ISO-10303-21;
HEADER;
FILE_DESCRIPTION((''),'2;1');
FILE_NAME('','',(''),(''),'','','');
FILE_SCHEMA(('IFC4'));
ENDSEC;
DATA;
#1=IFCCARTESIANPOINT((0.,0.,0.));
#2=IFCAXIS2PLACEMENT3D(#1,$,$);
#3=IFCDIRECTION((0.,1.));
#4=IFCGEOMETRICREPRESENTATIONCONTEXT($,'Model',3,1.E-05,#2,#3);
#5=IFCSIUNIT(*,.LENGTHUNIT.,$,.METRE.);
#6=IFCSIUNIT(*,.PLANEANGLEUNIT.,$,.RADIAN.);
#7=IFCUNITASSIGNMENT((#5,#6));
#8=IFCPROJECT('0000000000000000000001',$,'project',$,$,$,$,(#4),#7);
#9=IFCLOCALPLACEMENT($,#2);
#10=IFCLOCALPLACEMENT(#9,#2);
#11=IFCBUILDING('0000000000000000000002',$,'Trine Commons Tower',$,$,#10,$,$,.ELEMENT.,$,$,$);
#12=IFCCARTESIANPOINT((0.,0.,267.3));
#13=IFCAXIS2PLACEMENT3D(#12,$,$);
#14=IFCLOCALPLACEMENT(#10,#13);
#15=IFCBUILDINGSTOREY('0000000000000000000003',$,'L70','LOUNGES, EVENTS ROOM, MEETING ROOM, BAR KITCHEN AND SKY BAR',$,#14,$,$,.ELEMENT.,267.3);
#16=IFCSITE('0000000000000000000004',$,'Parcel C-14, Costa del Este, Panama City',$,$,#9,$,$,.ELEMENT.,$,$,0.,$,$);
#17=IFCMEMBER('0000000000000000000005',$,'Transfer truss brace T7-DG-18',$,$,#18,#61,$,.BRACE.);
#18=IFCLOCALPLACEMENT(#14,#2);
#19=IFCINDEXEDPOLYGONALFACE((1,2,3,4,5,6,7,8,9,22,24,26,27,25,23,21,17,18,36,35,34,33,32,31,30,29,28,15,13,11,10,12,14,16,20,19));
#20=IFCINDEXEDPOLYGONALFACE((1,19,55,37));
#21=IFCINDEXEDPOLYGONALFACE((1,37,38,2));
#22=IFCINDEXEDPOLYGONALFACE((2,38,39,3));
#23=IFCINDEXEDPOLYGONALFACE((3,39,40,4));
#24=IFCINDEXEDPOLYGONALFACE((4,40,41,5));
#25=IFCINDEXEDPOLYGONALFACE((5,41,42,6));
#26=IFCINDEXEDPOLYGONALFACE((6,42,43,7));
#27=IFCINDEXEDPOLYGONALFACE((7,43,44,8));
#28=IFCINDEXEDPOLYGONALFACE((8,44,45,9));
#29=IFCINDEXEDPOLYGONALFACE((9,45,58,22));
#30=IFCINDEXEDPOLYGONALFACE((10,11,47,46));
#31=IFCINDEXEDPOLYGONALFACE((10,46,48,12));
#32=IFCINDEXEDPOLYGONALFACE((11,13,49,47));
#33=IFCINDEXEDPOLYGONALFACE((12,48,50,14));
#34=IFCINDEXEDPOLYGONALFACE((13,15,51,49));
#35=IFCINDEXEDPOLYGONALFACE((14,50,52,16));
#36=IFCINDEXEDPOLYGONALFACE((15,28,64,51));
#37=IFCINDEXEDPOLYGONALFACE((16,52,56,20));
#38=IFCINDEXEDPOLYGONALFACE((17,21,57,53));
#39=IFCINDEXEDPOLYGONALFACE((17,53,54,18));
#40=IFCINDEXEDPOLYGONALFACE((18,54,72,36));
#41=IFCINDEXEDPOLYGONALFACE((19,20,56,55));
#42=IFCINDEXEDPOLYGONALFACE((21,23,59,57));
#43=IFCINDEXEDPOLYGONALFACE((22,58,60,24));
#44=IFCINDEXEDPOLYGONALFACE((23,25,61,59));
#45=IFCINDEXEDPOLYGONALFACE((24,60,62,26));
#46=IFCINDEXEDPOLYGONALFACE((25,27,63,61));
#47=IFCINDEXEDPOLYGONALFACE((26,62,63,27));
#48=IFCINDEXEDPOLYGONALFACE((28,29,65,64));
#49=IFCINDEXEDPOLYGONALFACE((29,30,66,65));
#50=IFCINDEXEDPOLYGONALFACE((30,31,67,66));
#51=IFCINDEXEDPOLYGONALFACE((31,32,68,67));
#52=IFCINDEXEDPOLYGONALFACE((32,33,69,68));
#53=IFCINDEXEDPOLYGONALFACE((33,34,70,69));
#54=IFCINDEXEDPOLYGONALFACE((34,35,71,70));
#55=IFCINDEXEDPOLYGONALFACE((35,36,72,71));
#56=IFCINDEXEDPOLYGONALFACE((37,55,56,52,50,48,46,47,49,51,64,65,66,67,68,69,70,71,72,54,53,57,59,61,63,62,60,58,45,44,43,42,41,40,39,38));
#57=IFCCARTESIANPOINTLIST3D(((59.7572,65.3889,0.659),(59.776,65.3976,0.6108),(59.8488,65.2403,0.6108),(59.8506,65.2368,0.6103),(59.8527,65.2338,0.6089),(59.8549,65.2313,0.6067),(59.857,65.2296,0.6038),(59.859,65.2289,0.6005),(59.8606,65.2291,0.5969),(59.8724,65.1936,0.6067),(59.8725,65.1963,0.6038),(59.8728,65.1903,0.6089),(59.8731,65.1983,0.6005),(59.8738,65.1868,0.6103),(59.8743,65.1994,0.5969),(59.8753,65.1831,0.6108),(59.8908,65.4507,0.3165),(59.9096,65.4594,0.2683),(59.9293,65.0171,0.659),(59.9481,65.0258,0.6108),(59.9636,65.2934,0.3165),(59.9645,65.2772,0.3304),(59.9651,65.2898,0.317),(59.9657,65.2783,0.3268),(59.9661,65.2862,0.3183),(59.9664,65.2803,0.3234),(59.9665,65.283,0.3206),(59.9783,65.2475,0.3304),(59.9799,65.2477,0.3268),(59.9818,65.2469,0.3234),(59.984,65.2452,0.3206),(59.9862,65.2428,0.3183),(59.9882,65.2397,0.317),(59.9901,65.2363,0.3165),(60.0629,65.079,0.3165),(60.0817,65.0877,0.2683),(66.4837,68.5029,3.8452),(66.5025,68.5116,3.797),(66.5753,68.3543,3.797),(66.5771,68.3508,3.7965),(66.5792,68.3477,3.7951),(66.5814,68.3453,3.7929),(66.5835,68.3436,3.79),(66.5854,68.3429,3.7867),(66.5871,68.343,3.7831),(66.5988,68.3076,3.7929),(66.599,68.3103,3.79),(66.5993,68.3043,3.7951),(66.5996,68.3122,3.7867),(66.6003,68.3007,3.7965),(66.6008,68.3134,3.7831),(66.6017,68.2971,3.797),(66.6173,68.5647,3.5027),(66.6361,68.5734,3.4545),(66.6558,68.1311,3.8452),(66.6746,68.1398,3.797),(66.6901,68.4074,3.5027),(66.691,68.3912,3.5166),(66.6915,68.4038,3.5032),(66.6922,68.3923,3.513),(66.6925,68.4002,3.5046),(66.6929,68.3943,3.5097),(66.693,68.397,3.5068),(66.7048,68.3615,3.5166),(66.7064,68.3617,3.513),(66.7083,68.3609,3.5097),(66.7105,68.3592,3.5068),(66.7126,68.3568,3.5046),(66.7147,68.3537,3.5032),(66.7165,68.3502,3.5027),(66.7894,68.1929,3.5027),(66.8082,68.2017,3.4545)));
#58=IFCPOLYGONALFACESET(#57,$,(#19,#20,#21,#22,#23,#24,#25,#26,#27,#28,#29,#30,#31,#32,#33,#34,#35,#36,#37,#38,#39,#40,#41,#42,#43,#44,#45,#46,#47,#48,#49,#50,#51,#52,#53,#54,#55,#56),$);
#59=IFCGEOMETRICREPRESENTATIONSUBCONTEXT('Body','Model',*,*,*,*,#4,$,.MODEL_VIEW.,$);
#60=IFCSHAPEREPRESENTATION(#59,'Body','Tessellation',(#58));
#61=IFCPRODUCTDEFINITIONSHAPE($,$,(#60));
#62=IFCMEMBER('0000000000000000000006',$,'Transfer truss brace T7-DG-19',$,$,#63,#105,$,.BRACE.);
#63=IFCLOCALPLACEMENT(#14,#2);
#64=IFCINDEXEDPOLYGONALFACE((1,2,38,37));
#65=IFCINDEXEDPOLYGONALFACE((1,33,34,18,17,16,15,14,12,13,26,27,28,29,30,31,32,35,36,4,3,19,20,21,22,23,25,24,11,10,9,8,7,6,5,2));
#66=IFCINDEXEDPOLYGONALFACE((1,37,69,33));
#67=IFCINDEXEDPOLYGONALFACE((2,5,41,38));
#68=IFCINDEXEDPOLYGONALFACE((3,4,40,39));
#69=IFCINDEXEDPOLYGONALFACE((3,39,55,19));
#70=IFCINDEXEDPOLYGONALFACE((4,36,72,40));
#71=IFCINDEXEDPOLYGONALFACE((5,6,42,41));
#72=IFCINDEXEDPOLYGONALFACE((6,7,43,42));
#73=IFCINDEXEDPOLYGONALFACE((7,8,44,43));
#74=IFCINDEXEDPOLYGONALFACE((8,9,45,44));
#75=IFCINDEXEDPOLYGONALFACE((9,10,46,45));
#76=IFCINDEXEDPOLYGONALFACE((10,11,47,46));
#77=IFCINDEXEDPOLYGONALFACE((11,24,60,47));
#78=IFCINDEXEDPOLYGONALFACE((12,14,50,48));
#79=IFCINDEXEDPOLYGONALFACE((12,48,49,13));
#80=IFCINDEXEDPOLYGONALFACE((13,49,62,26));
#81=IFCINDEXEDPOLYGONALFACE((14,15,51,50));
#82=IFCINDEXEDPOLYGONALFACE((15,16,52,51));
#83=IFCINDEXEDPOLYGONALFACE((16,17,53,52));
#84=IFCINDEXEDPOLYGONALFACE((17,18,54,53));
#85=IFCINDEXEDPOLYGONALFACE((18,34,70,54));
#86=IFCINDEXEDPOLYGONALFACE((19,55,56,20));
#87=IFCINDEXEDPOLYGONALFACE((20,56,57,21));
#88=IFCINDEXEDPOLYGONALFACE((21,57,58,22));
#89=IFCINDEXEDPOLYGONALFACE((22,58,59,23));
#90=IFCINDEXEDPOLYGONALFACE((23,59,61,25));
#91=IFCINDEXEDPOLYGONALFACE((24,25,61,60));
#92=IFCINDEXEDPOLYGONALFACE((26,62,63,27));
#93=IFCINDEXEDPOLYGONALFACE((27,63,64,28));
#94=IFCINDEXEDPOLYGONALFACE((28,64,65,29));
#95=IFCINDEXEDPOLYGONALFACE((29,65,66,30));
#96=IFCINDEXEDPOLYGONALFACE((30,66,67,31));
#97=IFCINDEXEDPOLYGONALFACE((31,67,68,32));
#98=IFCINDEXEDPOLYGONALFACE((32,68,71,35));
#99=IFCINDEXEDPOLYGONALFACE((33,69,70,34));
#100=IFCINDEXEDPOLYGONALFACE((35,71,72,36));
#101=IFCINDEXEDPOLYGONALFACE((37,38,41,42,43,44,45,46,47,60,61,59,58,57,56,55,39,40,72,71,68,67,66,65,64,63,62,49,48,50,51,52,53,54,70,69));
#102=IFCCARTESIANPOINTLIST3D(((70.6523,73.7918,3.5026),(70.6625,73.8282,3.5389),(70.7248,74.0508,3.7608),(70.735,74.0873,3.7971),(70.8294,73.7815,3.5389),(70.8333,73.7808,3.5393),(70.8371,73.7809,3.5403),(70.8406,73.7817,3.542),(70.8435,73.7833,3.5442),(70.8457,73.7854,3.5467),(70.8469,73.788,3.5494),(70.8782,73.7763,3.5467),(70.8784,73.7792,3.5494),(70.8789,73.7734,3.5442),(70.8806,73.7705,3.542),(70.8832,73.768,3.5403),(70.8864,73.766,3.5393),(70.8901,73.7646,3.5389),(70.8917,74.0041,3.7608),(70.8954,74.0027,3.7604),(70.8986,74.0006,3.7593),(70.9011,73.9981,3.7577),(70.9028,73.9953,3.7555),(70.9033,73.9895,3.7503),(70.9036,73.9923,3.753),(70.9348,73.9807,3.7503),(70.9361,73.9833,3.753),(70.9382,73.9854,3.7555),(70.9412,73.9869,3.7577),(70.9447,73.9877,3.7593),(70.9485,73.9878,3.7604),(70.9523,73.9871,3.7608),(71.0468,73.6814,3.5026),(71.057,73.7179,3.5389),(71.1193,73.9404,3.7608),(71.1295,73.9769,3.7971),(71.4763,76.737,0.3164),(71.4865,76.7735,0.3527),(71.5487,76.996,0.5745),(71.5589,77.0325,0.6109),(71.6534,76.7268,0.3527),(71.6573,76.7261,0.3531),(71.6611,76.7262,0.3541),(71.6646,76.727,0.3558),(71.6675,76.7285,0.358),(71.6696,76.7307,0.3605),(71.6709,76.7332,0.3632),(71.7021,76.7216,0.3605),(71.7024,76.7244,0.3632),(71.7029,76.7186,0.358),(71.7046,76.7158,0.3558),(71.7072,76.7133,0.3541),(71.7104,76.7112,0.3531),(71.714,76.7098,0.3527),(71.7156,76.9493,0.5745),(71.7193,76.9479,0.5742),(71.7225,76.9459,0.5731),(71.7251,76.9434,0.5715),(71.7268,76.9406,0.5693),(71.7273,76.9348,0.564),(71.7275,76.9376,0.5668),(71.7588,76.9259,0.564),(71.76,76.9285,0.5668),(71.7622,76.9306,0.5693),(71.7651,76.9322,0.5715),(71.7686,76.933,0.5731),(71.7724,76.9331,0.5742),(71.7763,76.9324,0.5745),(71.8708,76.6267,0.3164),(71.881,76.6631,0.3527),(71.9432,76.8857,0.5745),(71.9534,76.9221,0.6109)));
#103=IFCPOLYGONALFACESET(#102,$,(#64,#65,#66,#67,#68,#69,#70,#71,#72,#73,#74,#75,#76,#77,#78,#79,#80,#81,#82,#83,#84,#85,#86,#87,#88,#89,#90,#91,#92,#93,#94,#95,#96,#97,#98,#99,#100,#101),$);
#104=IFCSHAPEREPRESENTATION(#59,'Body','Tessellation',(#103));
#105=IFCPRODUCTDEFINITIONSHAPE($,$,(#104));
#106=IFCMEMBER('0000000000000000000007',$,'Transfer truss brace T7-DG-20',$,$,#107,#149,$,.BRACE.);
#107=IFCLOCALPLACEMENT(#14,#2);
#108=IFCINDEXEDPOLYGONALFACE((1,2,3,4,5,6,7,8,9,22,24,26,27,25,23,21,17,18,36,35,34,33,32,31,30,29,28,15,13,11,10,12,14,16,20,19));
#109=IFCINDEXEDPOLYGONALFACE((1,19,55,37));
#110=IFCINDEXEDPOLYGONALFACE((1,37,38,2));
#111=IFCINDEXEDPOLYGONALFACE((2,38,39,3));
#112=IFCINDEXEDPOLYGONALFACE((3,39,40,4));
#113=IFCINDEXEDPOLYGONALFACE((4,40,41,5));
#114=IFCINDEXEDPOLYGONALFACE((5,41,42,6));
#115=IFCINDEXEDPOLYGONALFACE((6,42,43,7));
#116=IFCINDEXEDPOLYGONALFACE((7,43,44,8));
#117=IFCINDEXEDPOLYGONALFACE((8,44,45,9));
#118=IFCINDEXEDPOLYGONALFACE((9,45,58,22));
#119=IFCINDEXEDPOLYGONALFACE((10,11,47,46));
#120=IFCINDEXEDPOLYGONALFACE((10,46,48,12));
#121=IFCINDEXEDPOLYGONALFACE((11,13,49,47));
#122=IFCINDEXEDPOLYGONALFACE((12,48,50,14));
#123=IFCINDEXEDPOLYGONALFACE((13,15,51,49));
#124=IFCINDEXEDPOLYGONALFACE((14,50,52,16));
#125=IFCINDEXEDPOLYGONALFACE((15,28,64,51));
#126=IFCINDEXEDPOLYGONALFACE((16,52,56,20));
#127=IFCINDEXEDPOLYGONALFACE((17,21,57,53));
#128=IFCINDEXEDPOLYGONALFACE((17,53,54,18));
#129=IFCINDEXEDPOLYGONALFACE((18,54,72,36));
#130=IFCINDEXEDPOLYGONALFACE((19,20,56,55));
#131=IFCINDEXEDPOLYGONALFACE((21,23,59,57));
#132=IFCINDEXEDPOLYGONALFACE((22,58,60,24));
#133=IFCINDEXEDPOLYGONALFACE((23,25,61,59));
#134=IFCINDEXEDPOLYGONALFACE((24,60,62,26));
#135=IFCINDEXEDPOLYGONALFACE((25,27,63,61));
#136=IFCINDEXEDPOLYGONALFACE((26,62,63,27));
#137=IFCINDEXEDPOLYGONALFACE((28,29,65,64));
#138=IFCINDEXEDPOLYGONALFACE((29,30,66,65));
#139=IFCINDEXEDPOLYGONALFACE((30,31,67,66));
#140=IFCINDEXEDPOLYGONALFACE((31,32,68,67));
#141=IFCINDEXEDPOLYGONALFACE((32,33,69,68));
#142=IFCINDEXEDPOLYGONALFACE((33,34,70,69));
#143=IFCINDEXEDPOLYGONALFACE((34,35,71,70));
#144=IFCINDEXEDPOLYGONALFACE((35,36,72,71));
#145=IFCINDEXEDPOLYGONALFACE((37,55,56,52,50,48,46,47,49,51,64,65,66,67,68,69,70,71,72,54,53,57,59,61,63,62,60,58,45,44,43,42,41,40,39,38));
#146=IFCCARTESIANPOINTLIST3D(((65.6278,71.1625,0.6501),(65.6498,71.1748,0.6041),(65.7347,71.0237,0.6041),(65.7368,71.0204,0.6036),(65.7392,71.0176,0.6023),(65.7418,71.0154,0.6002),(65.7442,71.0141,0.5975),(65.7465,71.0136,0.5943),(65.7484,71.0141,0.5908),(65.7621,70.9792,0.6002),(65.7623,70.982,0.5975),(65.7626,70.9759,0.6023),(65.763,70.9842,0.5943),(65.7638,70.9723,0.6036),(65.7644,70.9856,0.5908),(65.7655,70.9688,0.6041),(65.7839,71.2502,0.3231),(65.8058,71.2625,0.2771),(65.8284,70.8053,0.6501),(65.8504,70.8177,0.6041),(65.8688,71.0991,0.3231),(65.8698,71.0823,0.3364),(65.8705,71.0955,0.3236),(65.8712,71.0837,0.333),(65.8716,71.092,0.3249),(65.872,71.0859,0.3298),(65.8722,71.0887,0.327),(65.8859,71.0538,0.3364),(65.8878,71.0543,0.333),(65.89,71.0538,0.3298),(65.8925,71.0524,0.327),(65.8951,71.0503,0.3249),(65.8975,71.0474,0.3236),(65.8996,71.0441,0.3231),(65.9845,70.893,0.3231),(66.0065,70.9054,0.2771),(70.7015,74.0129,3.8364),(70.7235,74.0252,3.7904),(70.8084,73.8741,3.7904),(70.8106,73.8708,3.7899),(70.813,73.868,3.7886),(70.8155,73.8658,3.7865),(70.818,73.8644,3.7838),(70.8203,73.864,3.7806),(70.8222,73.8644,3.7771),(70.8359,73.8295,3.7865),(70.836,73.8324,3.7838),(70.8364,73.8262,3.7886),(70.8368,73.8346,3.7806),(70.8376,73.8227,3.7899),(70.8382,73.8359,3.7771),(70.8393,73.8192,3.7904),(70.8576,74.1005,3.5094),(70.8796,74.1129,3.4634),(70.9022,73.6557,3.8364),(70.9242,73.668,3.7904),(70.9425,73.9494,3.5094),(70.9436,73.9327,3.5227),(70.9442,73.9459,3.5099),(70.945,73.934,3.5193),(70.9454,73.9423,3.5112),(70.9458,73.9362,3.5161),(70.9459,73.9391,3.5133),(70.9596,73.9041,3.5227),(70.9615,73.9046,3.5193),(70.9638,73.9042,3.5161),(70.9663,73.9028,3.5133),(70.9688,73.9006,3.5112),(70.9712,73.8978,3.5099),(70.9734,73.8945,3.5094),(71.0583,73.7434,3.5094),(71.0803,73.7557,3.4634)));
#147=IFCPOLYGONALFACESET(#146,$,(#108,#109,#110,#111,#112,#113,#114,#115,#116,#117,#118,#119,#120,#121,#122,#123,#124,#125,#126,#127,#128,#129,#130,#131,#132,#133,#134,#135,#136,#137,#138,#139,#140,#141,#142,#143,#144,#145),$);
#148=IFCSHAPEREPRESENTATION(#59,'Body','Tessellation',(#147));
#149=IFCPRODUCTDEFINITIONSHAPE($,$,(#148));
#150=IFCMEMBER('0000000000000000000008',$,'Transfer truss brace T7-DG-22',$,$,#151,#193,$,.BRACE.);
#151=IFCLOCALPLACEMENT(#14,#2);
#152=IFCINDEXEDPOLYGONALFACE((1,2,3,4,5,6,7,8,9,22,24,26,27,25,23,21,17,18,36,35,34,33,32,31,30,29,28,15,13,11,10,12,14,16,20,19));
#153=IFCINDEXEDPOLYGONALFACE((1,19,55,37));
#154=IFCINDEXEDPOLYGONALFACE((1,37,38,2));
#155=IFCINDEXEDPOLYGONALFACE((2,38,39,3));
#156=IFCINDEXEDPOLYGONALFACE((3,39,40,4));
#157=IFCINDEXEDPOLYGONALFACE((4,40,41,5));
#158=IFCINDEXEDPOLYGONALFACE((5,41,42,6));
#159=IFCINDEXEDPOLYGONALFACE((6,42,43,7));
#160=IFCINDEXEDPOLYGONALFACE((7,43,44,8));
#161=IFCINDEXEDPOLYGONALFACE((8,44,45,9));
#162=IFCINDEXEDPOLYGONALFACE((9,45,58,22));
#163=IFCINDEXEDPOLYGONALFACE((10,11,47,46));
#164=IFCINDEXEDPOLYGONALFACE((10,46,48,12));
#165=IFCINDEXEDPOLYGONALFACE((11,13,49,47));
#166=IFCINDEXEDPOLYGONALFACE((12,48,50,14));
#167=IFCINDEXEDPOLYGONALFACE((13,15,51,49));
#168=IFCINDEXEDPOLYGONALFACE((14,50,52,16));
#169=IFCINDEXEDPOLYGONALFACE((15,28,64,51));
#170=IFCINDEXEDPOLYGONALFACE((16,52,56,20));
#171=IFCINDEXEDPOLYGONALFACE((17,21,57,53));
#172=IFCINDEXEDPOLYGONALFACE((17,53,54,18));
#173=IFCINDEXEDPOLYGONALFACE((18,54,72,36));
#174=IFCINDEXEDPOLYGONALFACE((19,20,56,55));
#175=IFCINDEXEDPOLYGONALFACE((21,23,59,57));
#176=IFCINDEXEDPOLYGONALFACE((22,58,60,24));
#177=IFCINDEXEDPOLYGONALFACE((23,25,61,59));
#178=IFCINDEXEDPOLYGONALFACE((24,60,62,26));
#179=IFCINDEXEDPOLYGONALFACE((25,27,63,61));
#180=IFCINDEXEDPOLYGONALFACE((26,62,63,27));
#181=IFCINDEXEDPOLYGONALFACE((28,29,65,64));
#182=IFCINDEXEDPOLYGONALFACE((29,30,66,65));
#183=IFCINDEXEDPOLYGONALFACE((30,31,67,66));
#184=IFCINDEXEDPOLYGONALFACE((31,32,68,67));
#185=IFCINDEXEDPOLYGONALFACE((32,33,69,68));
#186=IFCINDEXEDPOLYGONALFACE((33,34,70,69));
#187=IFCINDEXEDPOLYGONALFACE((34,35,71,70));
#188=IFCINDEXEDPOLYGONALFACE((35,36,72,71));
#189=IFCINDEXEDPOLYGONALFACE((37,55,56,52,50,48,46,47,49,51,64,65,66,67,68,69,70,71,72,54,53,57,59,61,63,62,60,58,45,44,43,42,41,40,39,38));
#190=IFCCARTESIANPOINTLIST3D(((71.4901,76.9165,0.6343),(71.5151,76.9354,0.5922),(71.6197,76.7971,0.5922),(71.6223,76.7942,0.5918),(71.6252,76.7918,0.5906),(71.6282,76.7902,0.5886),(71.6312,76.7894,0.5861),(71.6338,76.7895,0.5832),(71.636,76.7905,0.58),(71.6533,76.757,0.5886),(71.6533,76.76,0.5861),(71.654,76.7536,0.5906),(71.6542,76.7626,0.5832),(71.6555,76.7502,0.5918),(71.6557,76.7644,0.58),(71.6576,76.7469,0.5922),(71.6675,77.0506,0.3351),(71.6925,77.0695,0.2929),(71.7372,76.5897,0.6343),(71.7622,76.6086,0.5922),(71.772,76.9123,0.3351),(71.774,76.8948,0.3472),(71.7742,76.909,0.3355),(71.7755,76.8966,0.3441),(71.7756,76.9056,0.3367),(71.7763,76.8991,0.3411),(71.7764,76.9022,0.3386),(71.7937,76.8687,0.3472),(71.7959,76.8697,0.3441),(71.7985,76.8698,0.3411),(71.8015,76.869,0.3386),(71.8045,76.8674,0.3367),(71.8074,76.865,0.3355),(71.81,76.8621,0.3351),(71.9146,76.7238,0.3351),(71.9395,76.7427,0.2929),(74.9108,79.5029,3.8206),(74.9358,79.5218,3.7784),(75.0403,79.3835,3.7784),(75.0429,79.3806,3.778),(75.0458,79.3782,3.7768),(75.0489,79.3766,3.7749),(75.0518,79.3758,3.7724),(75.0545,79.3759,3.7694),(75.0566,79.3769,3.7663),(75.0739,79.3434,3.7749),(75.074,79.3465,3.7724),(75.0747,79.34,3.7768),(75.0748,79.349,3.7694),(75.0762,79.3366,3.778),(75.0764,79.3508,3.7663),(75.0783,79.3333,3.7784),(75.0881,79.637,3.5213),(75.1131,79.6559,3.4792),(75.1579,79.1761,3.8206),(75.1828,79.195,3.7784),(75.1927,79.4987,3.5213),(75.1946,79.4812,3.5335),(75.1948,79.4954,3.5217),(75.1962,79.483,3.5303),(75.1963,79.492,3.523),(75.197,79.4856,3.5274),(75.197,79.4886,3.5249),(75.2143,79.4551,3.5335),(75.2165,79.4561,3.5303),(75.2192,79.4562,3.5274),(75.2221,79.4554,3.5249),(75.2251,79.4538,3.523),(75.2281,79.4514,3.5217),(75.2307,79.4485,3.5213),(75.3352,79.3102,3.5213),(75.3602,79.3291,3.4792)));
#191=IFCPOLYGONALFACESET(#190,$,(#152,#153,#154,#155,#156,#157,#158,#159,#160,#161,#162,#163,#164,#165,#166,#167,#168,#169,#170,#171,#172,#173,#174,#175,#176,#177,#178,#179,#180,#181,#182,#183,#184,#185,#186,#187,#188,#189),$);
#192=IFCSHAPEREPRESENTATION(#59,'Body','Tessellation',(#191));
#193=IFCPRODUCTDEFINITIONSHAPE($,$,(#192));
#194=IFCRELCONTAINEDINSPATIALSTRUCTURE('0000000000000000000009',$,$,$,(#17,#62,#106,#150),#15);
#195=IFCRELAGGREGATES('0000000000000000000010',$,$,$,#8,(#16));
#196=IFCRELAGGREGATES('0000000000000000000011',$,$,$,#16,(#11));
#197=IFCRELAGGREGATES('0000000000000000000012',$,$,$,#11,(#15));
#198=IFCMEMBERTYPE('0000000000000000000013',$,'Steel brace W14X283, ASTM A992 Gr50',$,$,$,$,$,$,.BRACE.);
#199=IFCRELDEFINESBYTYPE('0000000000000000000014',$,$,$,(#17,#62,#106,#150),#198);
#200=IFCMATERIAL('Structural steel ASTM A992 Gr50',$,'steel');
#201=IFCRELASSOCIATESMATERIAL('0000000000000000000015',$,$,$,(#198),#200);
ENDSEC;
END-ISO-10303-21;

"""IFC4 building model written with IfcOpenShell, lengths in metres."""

from ifc_helpers import new_model, si_unit, direction, frame, origin, origin_2d, place, context, subcontext, project, spatial, i_section, extrude, material, material_profile, profile_set, type_object, element, save


model = new_model("IFC4")

# Units and contexts
model_context = context("Model", 3, precision=1e-05, world=origin(), true_north=direction((0.0, 1.0)))
body_context = subcontext(model_context, "Body", "Model", "MODEL_VIEW")
ifc_project = project(units=[si_unit("LENGTHUNIT", "METRE"), si_unit("PLANEANGLEUNIT", "RADIAN")], contexts=[model_context])

# Site, building, storey
site_placement = place(None, origin())
site = spatial("IfcSite", under=ifc_project, at=site_placement, Name="Parcel C-14, Costa del Este, Panama City", CompositionType="ELEMENT", RefElevation=0.0)
building_placement = place(site_placement, origin())
building = spatial("IfcBuilding", under=site, at=building_placement, Name="Trine Commons Tower", CompositionType="ELEMENT")
storey_placement = place(building_placement, frame((0.0, 0.0, 267.3)))
storey = spatial("IfcBuildingStorey", under=building, at=storey_placement, Name="L70", Description="LOUNGES, EVENTS ROOM, MEETING ROOM, BAR KITCHEN AND SKY BAR", CompositionType="ELEMENT", Elevation=267.3)

# Members
ifc_material_1 = material(Name="Structural steel ASTM A992 Gr50", Category="steel")
ifc_material_profile_1 = material_profile(ifc_material_1, i_section(OverallWidth=0.4097, OverallDepth=0.4253, WebThickness=0.0327, FlangeThickness=0.0525, FilletRadius=0.0151, at=origin_2d()), Name="W14X283")
ifc_profile_set_1 = profile_set([ifc_material_profile_1], Name="Structural steel ASTM A992 Gr50")
member_type_1 = type_object("IfcMemberType", Name="Steel brace W14X283, ASTM A992 Gr50", PredefinedType="BRACE", material=ifc_profile_set_1)
member_1_placement = place(storey_placement, frame((59.9194, 65.2383, 0.4636), z_axis=(0.833711, 0.385961, 0.394917), x_axis=(-0.420108, 0.907474, 0.0)))
element("IfcMember", 1, at=member_1_placement, inside=storey, type_object=member_type_1, Name="Transfer truss brace T7-DG-18", PredefinedType="BRACE", context=body_context, shape_type="SweptSolid", body=[
    extrude(i_section(OverallWidth=0.4097, OverallDepth=0.4253, WebThickness=0.0327, FlangeThickness=0.0525, FilletRadius=0.0151, at=origin_2d()), origin(), (0.0, 0.0, 1.0), 8.0681),
])
member_2_placement = place(storey_placement, frame((71.7148, 76.8296, 0.4636), z_axis=(-0.186564, -0.666876, 0.721436), x_axis=(0.963025, -0.269414, 0.0)))
element("IfcMember", 2, at=member_2_placement, inside=storey, type_object=member_type_1, Name="Transfer truss brace T7-DG-19", PredefinedType="BRACE", context=body_context, shape_type="SweptSolid", body=[
    extrude(i_section(OverallWidth=0.4097, OverallDepth=0.4253, WebThickness=0.0327, FlangeThickness=0.0525, FilletRadius=0.0151, at=origin_2d()), origin(), (0.0, 0.0, 1.0), 4.4165),
])
member_3_placement = place(storey_placement, frame((65.8171, 71.0339, 0.4636), z_axis=(0.764724, 0.42961, 0.480243), x_axis=(-0.489787, 0.871842, 0.0)))
element("IfcMember", 3, at=member_3_placement, inside=storey, type_object=member_type_1, Name="Transfer truss brace T7-DG-20", PredefinedType="BRACE", context=body_context, shape_type="SweptSolid", body=[
    extrude(i_section(OverallWidth=0.4097, OverallDepth=0.4253, WebThickness=0.0327, FlangeThickness=0.0525, FilletRadius=0.0151, at=origin_2d()), origin(), (0.0, 0.0, 1.0), 6.6348),
])
member_4_placement = place(storey_placement, frame((71.7148, 76.8296, 0.4636), z_axis=(0.640266, 0.484118, 0.596397), x_axis=(-0.60312, 0.797651, 0.0)))
element("IfcMember", 4, at=member_4_placement, inside=storey, type_object=member_type_1, Name="Transfer truss brace T7-DG-22", PredefinedType="BRACE", context=body_context, shape_type="SweptSolid", body=[
    extrude(i_section(OverallWidth=0.4097, OverallDepth=0.4253, WebThickness=0.0327, FlangeThickness=0.0525, FilletRadius=0.0151, at=origin_2d()), origin(), (0.0, 0.0, 1.0), 5.3425),
])

save(model, "model.ifc")
